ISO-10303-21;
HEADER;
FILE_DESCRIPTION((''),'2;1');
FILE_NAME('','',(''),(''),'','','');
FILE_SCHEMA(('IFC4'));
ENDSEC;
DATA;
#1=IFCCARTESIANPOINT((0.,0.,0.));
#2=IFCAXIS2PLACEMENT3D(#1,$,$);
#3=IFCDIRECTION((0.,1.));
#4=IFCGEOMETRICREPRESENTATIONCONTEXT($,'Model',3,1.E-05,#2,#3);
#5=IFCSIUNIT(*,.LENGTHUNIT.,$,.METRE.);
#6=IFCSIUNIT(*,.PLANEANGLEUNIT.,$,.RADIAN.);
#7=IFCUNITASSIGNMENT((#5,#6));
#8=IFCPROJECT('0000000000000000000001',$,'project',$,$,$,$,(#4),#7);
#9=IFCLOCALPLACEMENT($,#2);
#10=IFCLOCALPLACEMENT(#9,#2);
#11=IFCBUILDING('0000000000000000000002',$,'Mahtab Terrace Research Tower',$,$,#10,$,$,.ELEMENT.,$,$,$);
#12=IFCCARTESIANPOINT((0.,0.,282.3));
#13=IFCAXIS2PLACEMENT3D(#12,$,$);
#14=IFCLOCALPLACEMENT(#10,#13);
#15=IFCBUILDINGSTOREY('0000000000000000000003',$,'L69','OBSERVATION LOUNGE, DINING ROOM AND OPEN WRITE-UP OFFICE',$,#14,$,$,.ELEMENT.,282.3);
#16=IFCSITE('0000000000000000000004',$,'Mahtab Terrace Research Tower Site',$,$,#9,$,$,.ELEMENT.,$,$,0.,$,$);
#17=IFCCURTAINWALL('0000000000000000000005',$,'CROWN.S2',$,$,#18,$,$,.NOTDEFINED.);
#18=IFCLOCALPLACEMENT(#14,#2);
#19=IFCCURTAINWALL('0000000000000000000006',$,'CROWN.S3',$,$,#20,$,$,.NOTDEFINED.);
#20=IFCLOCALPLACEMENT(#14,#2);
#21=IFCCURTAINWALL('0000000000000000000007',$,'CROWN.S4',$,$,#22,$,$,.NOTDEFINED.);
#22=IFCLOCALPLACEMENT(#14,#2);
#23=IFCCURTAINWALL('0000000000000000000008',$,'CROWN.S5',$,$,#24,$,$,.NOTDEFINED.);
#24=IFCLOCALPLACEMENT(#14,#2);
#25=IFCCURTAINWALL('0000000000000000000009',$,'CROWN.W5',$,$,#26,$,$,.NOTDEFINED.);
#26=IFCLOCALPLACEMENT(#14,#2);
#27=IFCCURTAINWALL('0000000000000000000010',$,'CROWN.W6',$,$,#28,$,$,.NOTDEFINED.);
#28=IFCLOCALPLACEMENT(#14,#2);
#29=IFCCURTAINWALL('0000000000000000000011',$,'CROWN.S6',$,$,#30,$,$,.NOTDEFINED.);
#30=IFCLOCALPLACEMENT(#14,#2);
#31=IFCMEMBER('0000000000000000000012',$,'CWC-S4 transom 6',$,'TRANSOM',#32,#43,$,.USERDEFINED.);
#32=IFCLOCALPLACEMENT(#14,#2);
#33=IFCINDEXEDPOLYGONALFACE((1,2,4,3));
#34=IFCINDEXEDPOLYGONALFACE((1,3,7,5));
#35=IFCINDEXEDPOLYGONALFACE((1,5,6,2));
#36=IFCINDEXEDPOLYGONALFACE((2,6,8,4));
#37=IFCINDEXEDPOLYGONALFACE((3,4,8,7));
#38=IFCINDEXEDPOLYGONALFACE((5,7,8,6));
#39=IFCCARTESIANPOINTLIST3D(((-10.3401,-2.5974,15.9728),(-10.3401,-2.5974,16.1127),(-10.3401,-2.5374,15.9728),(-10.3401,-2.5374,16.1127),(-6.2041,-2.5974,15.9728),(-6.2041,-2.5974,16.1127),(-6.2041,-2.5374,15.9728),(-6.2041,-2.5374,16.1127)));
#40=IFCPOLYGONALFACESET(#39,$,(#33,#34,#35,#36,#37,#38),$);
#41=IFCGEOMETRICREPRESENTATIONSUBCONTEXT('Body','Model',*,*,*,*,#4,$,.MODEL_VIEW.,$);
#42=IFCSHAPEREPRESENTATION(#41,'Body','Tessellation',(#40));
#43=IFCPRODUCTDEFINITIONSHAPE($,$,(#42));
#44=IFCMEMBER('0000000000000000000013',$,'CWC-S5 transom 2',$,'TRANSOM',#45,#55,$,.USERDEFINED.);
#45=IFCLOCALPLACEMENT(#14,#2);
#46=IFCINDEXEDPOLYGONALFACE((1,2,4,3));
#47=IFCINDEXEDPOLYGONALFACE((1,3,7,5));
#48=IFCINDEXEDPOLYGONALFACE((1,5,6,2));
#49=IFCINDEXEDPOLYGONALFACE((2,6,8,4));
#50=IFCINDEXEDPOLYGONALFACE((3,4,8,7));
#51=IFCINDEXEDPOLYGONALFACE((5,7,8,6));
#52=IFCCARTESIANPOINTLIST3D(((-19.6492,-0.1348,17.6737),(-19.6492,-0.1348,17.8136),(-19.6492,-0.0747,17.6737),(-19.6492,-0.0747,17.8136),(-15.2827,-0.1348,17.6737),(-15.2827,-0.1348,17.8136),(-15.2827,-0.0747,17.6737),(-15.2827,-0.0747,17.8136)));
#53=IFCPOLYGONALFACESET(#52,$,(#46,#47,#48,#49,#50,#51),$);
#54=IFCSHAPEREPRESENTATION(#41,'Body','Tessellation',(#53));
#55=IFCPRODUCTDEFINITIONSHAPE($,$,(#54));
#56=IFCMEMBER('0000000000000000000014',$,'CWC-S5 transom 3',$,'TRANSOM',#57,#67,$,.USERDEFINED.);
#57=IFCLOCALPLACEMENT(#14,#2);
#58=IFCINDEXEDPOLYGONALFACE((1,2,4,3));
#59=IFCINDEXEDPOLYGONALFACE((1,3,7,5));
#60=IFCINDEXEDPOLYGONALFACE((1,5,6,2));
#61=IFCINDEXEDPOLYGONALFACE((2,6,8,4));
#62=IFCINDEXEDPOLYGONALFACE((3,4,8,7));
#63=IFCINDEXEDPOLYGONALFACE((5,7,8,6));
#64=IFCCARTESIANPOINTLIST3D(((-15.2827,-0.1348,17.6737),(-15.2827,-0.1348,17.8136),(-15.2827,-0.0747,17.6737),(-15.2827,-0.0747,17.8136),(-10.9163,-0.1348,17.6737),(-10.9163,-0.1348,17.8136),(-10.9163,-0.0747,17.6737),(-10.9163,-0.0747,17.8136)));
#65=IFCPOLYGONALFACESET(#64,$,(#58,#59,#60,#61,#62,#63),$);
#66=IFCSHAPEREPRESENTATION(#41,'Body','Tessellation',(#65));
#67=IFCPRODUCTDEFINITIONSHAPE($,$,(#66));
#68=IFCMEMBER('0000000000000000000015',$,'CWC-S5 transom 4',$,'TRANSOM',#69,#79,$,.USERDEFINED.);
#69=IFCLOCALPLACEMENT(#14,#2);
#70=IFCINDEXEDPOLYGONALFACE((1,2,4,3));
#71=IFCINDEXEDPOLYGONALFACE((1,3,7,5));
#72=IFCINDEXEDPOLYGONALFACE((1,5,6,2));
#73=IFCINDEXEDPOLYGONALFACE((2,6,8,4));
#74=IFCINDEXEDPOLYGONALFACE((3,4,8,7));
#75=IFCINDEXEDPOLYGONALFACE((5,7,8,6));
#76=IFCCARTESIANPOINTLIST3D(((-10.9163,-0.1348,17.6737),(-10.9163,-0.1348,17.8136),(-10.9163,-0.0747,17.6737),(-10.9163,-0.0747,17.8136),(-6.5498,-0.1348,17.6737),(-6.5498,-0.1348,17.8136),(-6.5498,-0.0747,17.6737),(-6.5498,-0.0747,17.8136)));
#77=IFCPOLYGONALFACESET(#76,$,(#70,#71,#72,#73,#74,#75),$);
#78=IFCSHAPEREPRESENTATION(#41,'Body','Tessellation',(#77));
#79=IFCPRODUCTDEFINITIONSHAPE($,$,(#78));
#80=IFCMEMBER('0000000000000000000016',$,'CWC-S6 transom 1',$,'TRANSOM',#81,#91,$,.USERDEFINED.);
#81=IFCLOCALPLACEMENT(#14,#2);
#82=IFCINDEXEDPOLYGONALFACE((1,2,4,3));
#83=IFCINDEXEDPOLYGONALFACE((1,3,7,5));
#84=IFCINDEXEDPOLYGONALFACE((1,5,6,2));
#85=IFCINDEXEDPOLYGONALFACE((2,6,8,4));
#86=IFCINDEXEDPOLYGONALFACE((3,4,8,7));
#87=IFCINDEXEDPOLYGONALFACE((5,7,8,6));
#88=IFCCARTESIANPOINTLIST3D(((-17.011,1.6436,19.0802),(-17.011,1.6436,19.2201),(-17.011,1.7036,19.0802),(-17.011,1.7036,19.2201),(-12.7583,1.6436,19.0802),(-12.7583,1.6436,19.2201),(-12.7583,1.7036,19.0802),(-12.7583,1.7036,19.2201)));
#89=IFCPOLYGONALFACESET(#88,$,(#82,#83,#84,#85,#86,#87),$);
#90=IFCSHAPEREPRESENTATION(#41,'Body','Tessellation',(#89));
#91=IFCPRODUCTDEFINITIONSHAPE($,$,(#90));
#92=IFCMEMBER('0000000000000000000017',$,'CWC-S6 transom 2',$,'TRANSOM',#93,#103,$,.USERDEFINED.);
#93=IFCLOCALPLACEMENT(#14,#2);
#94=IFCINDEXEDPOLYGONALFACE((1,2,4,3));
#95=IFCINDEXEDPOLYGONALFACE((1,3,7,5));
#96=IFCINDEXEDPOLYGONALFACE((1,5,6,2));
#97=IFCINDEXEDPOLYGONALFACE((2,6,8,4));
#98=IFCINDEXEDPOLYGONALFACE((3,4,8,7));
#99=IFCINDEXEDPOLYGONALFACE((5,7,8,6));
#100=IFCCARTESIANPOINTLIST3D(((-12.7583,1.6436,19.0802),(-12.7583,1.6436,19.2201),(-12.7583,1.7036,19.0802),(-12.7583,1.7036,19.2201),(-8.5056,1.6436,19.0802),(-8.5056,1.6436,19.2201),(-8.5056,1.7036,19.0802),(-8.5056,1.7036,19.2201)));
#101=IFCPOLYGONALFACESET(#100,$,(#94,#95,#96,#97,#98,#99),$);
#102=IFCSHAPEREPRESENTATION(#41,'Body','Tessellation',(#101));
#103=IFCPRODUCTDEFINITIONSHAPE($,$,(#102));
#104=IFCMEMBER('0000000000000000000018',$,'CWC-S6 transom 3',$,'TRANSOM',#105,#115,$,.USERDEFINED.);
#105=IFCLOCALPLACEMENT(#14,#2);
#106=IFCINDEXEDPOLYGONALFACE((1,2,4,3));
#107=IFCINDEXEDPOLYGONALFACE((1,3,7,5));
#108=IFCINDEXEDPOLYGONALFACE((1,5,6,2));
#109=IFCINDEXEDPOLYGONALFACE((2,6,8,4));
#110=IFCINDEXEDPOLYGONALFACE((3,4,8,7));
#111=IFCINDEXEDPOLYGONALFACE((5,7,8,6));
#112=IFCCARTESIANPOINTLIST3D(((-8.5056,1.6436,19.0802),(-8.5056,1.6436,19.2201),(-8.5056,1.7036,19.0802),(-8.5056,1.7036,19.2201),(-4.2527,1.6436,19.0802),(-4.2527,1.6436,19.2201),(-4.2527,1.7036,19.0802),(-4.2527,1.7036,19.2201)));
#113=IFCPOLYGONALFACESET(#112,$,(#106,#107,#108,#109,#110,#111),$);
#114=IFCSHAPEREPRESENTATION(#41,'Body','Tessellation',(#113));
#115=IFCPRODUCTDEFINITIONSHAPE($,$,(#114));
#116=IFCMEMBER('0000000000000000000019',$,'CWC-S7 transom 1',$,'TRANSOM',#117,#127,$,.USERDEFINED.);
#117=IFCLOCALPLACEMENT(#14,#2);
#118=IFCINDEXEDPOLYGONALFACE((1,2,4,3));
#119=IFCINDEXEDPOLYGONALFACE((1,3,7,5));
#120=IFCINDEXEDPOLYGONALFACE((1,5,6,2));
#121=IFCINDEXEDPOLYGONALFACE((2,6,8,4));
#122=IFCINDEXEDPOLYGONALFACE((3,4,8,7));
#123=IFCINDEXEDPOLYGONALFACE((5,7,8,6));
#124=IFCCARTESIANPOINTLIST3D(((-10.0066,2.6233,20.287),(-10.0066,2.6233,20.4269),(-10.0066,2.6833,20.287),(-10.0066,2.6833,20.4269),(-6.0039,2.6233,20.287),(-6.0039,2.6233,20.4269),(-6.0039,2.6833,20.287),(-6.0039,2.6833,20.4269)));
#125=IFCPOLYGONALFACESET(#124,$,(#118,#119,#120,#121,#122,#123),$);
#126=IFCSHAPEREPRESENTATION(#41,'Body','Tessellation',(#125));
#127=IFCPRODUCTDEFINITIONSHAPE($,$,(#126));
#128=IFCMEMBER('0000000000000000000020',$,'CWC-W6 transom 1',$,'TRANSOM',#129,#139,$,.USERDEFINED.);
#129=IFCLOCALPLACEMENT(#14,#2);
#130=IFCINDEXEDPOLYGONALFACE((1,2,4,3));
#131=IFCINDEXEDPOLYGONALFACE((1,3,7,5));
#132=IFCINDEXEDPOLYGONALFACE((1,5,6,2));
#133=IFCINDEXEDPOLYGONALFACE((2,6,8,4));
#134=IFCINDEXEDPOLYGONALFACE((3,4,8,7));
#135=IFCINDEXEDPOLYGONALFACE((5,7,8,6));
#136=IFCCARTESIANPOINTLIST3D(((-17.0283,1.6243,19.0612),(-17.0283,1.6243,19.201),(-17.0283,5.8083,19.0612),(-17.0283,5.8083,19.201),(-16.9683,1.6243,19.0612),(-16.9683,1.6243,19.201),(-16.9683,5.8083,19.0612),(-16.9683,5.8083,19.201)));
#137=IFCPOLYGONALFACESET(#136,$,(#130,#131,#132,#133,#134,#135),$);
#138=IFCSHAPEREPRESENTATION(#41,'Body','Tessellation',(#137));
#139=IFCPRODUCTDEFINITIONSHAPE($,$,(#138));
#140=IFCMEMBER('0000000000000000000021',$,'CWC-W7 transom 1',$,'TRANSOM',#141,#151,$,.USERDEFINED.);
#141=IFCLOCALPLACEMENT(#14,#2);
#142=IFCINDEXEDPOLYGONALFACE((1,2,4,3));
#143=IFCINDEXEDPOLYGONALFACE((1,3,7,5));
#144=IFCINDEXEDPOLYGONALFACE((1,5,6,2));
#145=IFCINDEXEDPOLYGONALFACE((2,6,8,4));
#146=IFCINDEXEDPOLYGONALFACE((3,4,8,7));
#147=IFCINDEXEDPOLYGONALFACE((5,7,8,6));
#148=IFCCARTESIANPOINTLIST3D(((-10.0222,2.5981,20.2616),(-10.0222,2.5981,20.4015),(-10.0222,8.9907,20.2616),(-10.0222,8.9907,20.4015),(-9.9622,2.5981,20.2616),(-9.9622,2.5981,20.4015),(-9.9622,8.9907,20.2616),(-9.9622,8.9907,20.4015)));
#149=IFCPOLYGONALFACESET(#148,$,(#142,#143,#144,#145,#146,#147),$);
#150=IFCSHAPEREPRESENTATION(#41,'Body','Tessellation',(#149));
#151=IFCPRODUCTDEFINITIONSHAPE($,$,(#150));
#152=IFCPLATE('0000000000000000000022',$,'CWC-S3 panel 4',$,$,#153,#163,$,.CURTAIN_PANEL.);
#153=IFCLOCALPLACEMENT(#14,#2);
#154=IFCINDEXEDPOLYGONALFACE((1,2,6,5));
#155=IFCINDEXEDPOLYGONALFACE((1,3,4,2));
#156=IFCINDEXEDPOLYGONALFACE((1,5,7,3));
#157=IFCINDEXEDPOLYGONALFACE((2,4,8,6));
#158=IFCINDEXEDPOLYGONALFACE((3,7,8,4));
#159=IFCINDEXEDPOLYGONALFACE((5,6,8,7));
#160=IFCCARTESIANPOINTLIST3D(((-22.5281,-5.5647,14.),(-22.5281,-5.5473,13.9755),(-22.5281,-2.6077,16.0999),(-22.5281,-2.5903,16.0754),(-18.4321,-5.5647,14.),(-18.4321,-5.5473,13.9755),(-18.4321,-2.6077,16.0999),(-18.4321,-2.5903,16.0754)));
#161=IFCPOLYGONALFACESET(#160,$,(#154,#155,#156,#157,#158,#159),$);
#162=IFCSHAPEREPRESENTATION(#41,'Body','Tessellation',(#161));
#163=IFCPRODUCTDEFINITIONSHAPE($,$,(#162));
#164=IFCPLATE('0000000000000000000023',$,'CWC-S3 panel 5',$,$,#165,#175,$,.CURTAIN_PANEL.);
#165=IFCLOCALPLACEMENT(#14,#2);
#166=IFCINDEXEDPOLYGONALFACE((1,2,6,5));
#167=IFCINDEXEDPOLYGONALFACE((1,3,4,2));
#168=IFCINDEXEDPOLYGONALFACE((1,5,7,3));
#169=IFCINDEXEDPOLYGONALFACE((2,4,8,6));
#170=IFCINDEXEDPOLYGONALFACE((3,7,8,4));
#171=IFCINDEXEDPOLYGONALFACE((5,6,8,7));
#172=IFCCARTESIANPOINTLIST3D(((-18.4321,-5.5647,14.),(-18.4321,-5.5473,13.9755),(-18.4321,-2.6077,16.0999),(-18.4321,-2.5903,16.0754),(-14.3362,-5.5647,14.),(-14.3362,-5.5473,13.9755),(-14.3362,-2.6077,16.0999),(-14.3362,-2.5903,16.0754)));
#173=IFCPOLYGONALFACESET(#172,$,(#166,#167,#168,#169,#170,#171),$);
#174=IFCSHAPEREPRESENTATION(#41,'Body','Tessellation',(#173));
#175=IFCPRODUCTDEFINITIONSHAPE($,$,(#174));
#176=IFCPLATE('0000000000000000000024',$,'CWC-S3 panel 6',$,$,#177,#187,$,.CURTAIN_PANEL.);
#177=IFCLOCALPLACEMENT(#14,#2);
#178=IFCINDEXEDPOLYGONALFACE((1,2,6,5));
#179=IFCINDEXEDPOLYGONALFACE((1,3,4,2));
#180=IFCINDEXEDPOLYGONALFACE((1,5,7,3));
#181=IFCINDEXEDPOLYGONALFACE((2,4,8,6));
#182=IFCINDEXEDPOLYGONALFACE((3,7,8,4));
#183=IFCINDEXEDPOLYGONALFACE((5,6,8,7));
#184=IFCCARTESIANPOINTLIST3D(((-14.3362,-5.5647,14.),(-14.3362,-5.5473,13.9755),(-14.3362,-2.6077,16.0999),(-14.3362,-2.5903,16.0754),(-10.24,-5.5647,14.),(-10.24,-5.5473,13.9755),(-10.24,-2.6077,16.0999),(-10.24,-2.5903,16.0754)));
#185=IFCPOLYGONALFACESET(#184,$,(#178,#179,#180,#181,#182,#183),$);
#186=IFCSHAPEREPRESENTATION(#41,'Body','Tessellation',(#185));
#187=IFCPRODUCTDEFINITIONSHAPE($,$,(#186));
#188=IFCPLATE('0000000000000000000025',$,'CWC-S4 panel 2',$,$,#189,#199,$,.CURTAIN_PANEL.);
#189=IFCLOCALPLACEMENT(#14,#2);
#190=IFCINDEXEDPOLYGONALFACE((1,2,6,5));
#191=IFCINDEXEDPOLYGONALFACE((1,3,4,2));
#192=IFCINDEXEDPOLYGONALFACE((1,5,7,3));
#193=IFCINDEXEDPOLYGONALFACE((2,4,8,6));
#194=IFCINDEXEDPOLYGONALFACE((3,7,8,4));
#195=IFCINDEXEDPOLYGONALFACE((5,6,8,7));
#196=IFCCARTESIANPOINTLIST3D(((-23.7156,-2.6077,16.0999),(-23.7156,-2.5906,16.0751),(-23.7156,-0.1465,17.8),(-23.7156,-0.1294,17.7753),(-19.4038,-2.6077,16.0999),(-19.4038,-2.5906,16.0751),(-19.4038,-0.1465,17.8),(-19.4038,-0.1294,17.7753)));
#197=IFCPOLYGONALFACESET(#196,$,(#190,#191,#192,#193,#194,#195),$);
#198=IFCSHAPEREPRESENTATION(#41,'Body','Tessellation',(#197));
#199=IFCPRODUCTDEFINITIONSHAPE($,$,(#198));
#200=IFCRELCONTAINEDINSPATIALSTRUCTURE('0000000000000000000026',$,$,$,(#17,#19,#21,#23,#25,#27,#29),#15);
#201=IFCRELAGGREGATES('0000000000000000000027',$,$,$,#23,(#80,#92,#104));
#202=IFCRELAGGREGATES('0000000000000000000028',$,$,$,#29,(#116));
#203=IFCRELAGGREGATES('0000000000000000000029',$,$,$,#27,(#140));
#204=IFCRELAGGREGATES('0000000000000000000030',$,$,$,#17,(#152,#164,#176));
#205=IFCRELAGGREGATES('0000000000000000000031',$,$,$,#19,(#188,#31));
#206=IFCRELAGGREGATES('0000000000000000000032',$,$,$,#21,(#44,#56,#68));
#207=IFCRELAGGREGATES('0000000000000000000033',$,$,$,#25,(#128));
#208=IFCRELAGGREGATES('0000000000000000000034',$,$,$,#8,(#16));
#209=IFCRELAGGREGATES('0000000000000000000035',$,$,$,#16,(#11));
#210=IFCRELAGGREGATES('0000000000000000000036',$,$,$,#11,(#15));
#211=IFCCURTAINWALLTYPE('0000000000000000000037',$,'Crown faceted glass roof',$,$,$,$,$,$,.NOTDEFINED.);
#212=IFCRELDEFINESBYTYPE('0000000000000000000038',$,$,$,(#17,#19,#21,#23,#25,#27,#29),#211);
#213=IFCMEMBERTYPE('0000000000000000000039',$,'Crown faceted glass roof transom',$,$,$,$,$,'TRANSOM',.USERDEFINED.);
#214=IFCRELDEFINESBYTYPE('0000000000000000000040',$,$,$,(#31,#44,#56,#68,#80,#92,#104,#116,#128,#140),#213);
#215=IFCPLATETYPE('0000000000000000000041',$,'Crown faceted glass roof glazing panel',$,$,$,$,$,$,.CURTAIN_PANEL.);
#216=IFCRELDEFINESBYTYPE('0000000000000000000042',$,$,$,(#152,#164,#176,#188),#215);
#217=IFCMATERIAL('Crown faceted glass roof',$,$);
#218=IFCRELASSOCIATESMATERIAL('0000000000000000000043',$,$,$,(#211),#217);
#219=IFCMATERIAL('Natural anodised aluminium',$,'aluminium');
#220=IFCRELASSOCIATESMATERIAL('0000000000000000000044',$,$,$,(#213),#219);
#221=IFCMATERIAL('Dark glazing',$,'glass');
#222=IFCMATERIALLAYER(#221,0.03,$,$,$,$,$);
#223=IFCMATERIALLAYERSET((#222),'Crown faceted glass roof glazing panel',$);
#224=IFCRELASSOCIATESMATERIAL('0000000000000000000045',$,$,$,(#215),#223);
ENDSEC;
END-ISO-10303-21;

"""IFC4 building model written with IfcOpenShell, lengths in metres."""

from ifc_helpers import new_model, si_unit, direction, frame, origin, origin_2d, place, context, subcontext, project, spatial, polyline, rectangle, outline, extrude, material, layer, layer_set, material_profile, profile_set, type_object, element, aggregate, save


model = new_model("IFC4")

# Units and contexts
model_context = context("Model", 3, precision=1e-05, world=origin(), true_north=direction((0.0, 1.0)))
body_context = subcontext(model_context, "Body", "Model", "MODEL_VIEW")
ifc_project = project(units=[si_unit("LENGTHUNIT", "METRE"), si_unit("PLANEANGLEUNIT", "RADIAN")], contexts=[model_context])

# Site, building, storey
site_placement = place(None, origin())
site = spatial("IfcSite", under=ifc_project, at=site_placement, Name="Mahtab Terrace Research Tower Site", CompositionType="ELEMENT", RefElevation=0.0)
building_placement = place(site_placement, origin())
building = spatial("IfcBuilding", under=site, at=building_placement, Name="Mahtab Terrace Research Tower", CompositionType="ELEMENT")
storey_placement = place(building_placement, frame((0.0, 0.0, 282.3)))
storey = spatial("IfcBuildingStorey", under=building, at=storey_placement, Name="L69", Description="OBSERVATION LOUNGE, DINING ROOM AND OPEN WRITE-UP OFFICE", CompositionType="ELEMENT", Elevation=282.3)

# Curtain wall
ifc_material_1 = material(Name="Crown faceted glass roof")
curtain_wall_type = type_object("IfcCurtainWallType", Name="Crown faceted glass roof", PredefinedType="NOTDEFINED", material=ifc_material_1)
curtain_wall_1_placement = place(storey_placement, origin())
curtain_wall_1 = element("IfcCurtainWall", 1, at=curtain_wall_1_placement, inside=storey, type_object=curtain_wall_type, Name="CROWN.S2", PredefinedType="NOTDEFINED")
ifc_material_2 = material(Name="Natural anodised aluminium", Category="aluminium")

# Curtain walls
curtain_wall_2_placement = place(storey_placement, origin())
curtain_wall_2 = element("IfcCurtainWall", 2, at=curtain_wall_2_placement, inside=storey, type_object=curtain_wall_type, Name="CROWN.S3", PredefinedType="NOTDEFINED")
curtain_wall_3_placement = place(storey_placement, origin())
curtain_wall_3 = element("IfcCurtainWall", 3, at=curtain_wall_3_placement, inside=storey, type_object=curtain_wall_type, Name="CROWN.S4", PredefinedType="NOTDEFINED")

# Curtain walls
curtain_wall_4_placement = place(storey_placement, origin())
curtain_wall_4 = element("IfcCurtainWall", 4, at=curtain_wall_4_placement, inside=storey, type_object=curtain_wall_type, Name="CROWN.S5", PredefinedType="NOTDEFINED")
curtain_wall_5_placement = place(storey_placement, origin())
curtain_wall_5 = element("IfcCurtainWall", 5, at=curtain_wall_5_placement, inside=storey, type_object=curtain_wall_type, Name="CROWN.W5", PredefinedType="NOTDEFINED")
curtain_wall_6_placement = place(storey_placement, origin())
curtain_wall_6 = element("IfcCurtainWall", 6, at=curtain_wall_6_placement, inside=storey, type_object=curtain_wall_type, Name="CROWN.W6", PredefinedType="NOTDEFINED")

# Curtain wall
curtain_wall_7_placement = place(storey_placement, origin())
curtain_wall_7 = element("IfcCurtainWall", 7, at=curtain_wall_7_placement, inside=storey, type_object=curtain_wall_type, Name="CROWN.S6", PredefinedType="NOTDEFINED")

# Members
ifc_material_profile_1 = material_profile(ifc_material_2, rectangle(XDim=0.0601, YDim=0.1399, at=origin_2d()), Name="TRANSOM 60x140")
ifc_profile_set_1 = profile_set([ifc_material_profile_1], Name="Natural anodised aluminium")
member_type_1 = type_object("IfcMemberType", Name="Crown faceted glass roof transom", ElementType="TRANSOM", PredefinedType="USERDEFINED", material=ifc_profile_set_1)
member_1_placement = place(storey_placement, frame((-10.3401, -2.5674, 16.0427), z_axis=(1.0, 0.0, 0.0), x_axis=(0.0, 1.0, 0.0)))
member_1 = element("IfcMember", 8, at=member_1_placement, type_object=member_type_1, Name="CWC-S4 transom 6", ObjectType="TRANSOM", PredefinedType="USERDEFINED", context=body_context, shape_type="SweptSolid", body=[
    extrude(rectangle(XDim=0.0601, YDim=0.1399, at=origin_2d()), origin(), (0.0, 0.0, 1.0), 4.136),
])
member_2_placement = place(storey_placement, frame((-19.6492, -0.1047, 17.7437), z_axis=(1.0, 0.0, 0.0), x_axis=(0.0, 1.0, 0.0)))
member_2 = element("IfcMember", 9, at=member_2_placement, type_object=member_type_1, Name="CWC-S5 transom 2", ObjectType="TRANSOM", PredefinedType="USERDEFINED", context=body_context, shape_type="SweptSolid", body=[
    extrude(rectangle(XDim=0.0601, YDim=0.1399, at=origin_2d()), origin(), (0.0, 0.0, 1.0), 4.3665),
])
member_3_placement = place(storey_placement, frame((-15.2827, -0.1047, 17.7437), z_axis=(1.0, 0.0, 0.0), x_axis=(0.0, 1.0, 0.0)))
member_3 = element("IfcMember", 10, at=member_3_placement, type_object=member_type_1, Name="CWC-S5 transom 3", ObjectType="TRANSOM", PredefinedType="USERDEFINED", context=body_context, shape_type="SweptSolid", body=[
    extrude(rectangle(XDim=0.0601, YDim=0.1399, at=origin_2d()), origin(), (0.0, 0.0, 1.0), 4.3665),
])
member_4_placement = place(storey_placement, frame((-10.9163, -0.1047, 17.7437), z_axis=(1.0, 0.0, 0.0), x_axis=(0.0, 1.0, 0.0)))
member_4 = element("IfcMember", 11, at=member_4_placement, type_object=member_type_1, Name="CWC-S5 transom 4", ObjectType="TRANSOM", PredefinedType="USERDEFINED", context=body_context, shape_type="SweptSolid", body=[
    extrude(rectangle(XDim=0.0601, YDim=0.1399, at=origin_2d()), origin(), (0.0, 0.0, 1.0), 4.3665),
])
member_5_placement = place(storey_placement, frame((-17.011, 1.6736, 19.1501), z_axis=(1.0, 0.0, 0.0), x_axis=(0.0, 1.0, 0.0)))
member_5 = element("IfcMember", 12, at=member_5_placement, type_object=member_type_1, Name="CWC-S6 transom 1", ObjectType="TRANSOM", PredefinedType="USERDEFINED", context=body_context, shape_type="SweptSolid", body=[
    extrude(rectangle(XDim=0.0601, YDim=0.1399, at=origin_2d()), origin(), (0.0, 0.0, 1.0), 4.2527),
])
member_6_placement = place(storey_placement, frame((-12.7583, 1.6736, 19.1501), z_axis=(1.0, 0.0, 0.0), x_axis=(0.0, 1.0, 0.0)))
member_6 = element("IfcMember", 13, at=member_6_placement, type_object=member_type_1, Name="CWC-S6 transom 2", ObjectType="TRANSOM", PredefinedType="USERDEFINED", context=body_context, shape_type="SweptSolid", body=[
    extrude(rectangle(XDim=0.0601, YDim=0.1399, at=origin_2d()), origin(), (0.0, 0.0, 1.0), 4.2527),
])
member_7_placement = place(storey_placement, frame((-8.5056, 1.6736, 19.1501), z_axis=(1.0, 0.0, 0.0), x_axis=(0.0, 1.0, 0.0)))
member_7 = element("IfcMember", 14, at=member_7_placement, type_object=member_type_1, Name="CWC-S6 transom 3", ObjectType="TRANSOM", PredefinedType="USERDEFINED", context=body_context, shape_type="SweptSolid", body=[
    extrude(rectangle(XDim=0.0601, YDim=0.1399, at=origin_2d()), origin(), (0.0, 0.0, 1.0), 4.2529),
])
aggregate(curtain_wall_4, [member_5, member_6, member_7])
member_8_placement = place(storey_placement, frame((-10.0066, 2.6533, 20.3569), z_axis=(1.0, 0.0, 0.0), x_axis=(0.0, 1.0, 0.0)))
member_8 = element("IfcMember", 15, at=member_8_placement, type_object=member_type_1, Name="CWC-S7 transom 1", ObjectType="TRANSOM", PredefinedType="USERDEFINED", context=body_context, shape_type="SweptSolid", body=[
    extrude(rectangle(XDim=0.0601, YDim=0.1399, at=origin_2d()), origin(), (0.0, 0.0, 1.0), 4.0027),
])
aggregate(curtain_wall_7, [member_8])
member_9_placement = place(storey_placement, frame((-16.9983, 1.6243, 19.1311), z_axis=(0.0, 1.0, 0.0), x_axis=(-1.0, 0.0, 0.0)))
member_9 = element("IfcMember", 16, at=member_9_placement, type_object=member_type_1, Name="CWC-W6 transom 1", ObjectType="TRANSOM", PredefinedType="USERDEFINED", context=body_context, shape_type="SweptSolid", body=[
    extrude(rectangle(XDim=0.0601, YDim=0.1399, at=origin_2d()), origin(), (0.0, 0.0, 1.0), 4.1841),
])
member_10_placement = place(storey_placement, frame((-9.9922, 2.5981, 20.3315), z_axis=(0.0, 1.0, 0.0), x_axis=(-1.0, 0.0, 0.0)))
member_10 = element("IfcMember", 17, at=member_10_placement, type_object=member_type_1, Name="CWC-W7 transom 1", ObjectType="TRANSOM", PredefinedType="USERDEFINED", context=body_context, shape_type="SweptSolid", body=[
    extrude(rectangle(XDim=0.0601, YDim=0.1399, at=origin_2d()), origin(), (0.0, 0.0, 1.0), 6.3926),
])
aggregate(curtain_wall_6, [member_10])

# Plates
ifc_material_3 = material(Name="Dark glazing", Category="glass")
ifc_layer_1 = layer(ifc_material_3, 0.03)
ifc_layer_set_1 = layer_set([ifc_layer_1], Name="Crown faceted glass roof glazing panel")
plate_type_1 = type_object("IfcPlateType", Name="Crown faceted glass roof glazing panel", PredefinedType="CURTAIN_PANEL", material=ifc_layer_set_1)
plate_1_placement = place(storey_placement, frame((-18.4321, -5.5647, 14.0), z_axis=(0.0, -0.578988, 0.815336), x_axis=(0.0, 0.815336, 0.578988)))
plate_1 = element("IfcPlate", 18, at=plate_1_placement, type_object=plate_type_1, Name="CWC-S3 panel 4", PredefinedType="CURTAIN_PANEL", context=body_context, shape_type="SweptSolid", body=[
    extrude(outline(polyline([(0.0, 0.0), (3.6268, 0.0), (3.6268, 4.0959), (0.0, 4.0959), (0.0, 0.0)])), origin(), (0.0, 0.0, -1.0), 0.03),
])
plate_2_placement = place(storey_placement, frame((-14.3362, -5.5647, 14.0), z_axis=(0.0, -0.578988, 0.815336), x_axis=(0.0, 0.815336, 0.578988)))
plate_2 = element("IfcPlate", 19, at=plate_2_placement, type_object=plate_type_1, Name="CWC-S3 panel 5", PredefinedType="CURTAIN_PANEL", context=body_context, shape_type="SweptSolid", body=[
    extrude(outline(polyline([(0.0, 0.0), (3.6268, 0.0), (3.6268, 4.0959), (0.0, 4.0959), (0.0, 0.0)])), origin(), (0.0, 0.0, -1.0), 0.03),
])
plate_3_placement = place(storey_placement, frame((-10.24, -5.5647, 14.0), z_axis=(0.0, -0.578988, 0.815336), x_axis=(0.0, 0.815336, 0.578988)))
plate_3 = element("IfcPlate", 20, at=plate_3_placement, type_object=plate_type_1, Name="CWC-S3 panel 6", PredefinedType="CURTAIN_PANEL", context=body_context, shape_type="SweptSolid", body=[
    extrude(outline(polyline([(0.0, 0.0), (3.6268, 0.0), (3.6268, 4.0962), (0.0, 4.0962), (0.0, 0.0)])), origin(), (0.0, 0.0, -1.0), 0.03),
])
aggregate(curtain_wall_1, [plate_1, plate_2, plate_3])
plate_4_placement = place(storey_placement, frame((-19.4038, -2.6077, 16.0999), z_axis=(0.0, -0.568374, 0.822771), x_axis=(0.0, 0.822771, 0.568374)))
plate_4 = element("IfcPlate", 21, at=plate_4_placement, type_object=plate_type_1, Name="CWC-S4 panel 2", PredefinedType="CURTAIN_PANEL", context=body_context, shape_type="SweptSolid", body=[
    extrude(outline(polyline([(0.0, 0.0), (2.9913, 0.0), (2.9913, 4.3118), (0.0, 4.3118), (0.0, 0.0)])), origin(), (0.0, 0.0, -1.0), 0.03),
])
aggregate(curtain_wall_2, [plate_4, member_1])
aggregate(curtain_wall_3, [member_2, member_3, member_4])

aggregate(curtain_wall_5, [member_9])

save(model, "model.ifc")
